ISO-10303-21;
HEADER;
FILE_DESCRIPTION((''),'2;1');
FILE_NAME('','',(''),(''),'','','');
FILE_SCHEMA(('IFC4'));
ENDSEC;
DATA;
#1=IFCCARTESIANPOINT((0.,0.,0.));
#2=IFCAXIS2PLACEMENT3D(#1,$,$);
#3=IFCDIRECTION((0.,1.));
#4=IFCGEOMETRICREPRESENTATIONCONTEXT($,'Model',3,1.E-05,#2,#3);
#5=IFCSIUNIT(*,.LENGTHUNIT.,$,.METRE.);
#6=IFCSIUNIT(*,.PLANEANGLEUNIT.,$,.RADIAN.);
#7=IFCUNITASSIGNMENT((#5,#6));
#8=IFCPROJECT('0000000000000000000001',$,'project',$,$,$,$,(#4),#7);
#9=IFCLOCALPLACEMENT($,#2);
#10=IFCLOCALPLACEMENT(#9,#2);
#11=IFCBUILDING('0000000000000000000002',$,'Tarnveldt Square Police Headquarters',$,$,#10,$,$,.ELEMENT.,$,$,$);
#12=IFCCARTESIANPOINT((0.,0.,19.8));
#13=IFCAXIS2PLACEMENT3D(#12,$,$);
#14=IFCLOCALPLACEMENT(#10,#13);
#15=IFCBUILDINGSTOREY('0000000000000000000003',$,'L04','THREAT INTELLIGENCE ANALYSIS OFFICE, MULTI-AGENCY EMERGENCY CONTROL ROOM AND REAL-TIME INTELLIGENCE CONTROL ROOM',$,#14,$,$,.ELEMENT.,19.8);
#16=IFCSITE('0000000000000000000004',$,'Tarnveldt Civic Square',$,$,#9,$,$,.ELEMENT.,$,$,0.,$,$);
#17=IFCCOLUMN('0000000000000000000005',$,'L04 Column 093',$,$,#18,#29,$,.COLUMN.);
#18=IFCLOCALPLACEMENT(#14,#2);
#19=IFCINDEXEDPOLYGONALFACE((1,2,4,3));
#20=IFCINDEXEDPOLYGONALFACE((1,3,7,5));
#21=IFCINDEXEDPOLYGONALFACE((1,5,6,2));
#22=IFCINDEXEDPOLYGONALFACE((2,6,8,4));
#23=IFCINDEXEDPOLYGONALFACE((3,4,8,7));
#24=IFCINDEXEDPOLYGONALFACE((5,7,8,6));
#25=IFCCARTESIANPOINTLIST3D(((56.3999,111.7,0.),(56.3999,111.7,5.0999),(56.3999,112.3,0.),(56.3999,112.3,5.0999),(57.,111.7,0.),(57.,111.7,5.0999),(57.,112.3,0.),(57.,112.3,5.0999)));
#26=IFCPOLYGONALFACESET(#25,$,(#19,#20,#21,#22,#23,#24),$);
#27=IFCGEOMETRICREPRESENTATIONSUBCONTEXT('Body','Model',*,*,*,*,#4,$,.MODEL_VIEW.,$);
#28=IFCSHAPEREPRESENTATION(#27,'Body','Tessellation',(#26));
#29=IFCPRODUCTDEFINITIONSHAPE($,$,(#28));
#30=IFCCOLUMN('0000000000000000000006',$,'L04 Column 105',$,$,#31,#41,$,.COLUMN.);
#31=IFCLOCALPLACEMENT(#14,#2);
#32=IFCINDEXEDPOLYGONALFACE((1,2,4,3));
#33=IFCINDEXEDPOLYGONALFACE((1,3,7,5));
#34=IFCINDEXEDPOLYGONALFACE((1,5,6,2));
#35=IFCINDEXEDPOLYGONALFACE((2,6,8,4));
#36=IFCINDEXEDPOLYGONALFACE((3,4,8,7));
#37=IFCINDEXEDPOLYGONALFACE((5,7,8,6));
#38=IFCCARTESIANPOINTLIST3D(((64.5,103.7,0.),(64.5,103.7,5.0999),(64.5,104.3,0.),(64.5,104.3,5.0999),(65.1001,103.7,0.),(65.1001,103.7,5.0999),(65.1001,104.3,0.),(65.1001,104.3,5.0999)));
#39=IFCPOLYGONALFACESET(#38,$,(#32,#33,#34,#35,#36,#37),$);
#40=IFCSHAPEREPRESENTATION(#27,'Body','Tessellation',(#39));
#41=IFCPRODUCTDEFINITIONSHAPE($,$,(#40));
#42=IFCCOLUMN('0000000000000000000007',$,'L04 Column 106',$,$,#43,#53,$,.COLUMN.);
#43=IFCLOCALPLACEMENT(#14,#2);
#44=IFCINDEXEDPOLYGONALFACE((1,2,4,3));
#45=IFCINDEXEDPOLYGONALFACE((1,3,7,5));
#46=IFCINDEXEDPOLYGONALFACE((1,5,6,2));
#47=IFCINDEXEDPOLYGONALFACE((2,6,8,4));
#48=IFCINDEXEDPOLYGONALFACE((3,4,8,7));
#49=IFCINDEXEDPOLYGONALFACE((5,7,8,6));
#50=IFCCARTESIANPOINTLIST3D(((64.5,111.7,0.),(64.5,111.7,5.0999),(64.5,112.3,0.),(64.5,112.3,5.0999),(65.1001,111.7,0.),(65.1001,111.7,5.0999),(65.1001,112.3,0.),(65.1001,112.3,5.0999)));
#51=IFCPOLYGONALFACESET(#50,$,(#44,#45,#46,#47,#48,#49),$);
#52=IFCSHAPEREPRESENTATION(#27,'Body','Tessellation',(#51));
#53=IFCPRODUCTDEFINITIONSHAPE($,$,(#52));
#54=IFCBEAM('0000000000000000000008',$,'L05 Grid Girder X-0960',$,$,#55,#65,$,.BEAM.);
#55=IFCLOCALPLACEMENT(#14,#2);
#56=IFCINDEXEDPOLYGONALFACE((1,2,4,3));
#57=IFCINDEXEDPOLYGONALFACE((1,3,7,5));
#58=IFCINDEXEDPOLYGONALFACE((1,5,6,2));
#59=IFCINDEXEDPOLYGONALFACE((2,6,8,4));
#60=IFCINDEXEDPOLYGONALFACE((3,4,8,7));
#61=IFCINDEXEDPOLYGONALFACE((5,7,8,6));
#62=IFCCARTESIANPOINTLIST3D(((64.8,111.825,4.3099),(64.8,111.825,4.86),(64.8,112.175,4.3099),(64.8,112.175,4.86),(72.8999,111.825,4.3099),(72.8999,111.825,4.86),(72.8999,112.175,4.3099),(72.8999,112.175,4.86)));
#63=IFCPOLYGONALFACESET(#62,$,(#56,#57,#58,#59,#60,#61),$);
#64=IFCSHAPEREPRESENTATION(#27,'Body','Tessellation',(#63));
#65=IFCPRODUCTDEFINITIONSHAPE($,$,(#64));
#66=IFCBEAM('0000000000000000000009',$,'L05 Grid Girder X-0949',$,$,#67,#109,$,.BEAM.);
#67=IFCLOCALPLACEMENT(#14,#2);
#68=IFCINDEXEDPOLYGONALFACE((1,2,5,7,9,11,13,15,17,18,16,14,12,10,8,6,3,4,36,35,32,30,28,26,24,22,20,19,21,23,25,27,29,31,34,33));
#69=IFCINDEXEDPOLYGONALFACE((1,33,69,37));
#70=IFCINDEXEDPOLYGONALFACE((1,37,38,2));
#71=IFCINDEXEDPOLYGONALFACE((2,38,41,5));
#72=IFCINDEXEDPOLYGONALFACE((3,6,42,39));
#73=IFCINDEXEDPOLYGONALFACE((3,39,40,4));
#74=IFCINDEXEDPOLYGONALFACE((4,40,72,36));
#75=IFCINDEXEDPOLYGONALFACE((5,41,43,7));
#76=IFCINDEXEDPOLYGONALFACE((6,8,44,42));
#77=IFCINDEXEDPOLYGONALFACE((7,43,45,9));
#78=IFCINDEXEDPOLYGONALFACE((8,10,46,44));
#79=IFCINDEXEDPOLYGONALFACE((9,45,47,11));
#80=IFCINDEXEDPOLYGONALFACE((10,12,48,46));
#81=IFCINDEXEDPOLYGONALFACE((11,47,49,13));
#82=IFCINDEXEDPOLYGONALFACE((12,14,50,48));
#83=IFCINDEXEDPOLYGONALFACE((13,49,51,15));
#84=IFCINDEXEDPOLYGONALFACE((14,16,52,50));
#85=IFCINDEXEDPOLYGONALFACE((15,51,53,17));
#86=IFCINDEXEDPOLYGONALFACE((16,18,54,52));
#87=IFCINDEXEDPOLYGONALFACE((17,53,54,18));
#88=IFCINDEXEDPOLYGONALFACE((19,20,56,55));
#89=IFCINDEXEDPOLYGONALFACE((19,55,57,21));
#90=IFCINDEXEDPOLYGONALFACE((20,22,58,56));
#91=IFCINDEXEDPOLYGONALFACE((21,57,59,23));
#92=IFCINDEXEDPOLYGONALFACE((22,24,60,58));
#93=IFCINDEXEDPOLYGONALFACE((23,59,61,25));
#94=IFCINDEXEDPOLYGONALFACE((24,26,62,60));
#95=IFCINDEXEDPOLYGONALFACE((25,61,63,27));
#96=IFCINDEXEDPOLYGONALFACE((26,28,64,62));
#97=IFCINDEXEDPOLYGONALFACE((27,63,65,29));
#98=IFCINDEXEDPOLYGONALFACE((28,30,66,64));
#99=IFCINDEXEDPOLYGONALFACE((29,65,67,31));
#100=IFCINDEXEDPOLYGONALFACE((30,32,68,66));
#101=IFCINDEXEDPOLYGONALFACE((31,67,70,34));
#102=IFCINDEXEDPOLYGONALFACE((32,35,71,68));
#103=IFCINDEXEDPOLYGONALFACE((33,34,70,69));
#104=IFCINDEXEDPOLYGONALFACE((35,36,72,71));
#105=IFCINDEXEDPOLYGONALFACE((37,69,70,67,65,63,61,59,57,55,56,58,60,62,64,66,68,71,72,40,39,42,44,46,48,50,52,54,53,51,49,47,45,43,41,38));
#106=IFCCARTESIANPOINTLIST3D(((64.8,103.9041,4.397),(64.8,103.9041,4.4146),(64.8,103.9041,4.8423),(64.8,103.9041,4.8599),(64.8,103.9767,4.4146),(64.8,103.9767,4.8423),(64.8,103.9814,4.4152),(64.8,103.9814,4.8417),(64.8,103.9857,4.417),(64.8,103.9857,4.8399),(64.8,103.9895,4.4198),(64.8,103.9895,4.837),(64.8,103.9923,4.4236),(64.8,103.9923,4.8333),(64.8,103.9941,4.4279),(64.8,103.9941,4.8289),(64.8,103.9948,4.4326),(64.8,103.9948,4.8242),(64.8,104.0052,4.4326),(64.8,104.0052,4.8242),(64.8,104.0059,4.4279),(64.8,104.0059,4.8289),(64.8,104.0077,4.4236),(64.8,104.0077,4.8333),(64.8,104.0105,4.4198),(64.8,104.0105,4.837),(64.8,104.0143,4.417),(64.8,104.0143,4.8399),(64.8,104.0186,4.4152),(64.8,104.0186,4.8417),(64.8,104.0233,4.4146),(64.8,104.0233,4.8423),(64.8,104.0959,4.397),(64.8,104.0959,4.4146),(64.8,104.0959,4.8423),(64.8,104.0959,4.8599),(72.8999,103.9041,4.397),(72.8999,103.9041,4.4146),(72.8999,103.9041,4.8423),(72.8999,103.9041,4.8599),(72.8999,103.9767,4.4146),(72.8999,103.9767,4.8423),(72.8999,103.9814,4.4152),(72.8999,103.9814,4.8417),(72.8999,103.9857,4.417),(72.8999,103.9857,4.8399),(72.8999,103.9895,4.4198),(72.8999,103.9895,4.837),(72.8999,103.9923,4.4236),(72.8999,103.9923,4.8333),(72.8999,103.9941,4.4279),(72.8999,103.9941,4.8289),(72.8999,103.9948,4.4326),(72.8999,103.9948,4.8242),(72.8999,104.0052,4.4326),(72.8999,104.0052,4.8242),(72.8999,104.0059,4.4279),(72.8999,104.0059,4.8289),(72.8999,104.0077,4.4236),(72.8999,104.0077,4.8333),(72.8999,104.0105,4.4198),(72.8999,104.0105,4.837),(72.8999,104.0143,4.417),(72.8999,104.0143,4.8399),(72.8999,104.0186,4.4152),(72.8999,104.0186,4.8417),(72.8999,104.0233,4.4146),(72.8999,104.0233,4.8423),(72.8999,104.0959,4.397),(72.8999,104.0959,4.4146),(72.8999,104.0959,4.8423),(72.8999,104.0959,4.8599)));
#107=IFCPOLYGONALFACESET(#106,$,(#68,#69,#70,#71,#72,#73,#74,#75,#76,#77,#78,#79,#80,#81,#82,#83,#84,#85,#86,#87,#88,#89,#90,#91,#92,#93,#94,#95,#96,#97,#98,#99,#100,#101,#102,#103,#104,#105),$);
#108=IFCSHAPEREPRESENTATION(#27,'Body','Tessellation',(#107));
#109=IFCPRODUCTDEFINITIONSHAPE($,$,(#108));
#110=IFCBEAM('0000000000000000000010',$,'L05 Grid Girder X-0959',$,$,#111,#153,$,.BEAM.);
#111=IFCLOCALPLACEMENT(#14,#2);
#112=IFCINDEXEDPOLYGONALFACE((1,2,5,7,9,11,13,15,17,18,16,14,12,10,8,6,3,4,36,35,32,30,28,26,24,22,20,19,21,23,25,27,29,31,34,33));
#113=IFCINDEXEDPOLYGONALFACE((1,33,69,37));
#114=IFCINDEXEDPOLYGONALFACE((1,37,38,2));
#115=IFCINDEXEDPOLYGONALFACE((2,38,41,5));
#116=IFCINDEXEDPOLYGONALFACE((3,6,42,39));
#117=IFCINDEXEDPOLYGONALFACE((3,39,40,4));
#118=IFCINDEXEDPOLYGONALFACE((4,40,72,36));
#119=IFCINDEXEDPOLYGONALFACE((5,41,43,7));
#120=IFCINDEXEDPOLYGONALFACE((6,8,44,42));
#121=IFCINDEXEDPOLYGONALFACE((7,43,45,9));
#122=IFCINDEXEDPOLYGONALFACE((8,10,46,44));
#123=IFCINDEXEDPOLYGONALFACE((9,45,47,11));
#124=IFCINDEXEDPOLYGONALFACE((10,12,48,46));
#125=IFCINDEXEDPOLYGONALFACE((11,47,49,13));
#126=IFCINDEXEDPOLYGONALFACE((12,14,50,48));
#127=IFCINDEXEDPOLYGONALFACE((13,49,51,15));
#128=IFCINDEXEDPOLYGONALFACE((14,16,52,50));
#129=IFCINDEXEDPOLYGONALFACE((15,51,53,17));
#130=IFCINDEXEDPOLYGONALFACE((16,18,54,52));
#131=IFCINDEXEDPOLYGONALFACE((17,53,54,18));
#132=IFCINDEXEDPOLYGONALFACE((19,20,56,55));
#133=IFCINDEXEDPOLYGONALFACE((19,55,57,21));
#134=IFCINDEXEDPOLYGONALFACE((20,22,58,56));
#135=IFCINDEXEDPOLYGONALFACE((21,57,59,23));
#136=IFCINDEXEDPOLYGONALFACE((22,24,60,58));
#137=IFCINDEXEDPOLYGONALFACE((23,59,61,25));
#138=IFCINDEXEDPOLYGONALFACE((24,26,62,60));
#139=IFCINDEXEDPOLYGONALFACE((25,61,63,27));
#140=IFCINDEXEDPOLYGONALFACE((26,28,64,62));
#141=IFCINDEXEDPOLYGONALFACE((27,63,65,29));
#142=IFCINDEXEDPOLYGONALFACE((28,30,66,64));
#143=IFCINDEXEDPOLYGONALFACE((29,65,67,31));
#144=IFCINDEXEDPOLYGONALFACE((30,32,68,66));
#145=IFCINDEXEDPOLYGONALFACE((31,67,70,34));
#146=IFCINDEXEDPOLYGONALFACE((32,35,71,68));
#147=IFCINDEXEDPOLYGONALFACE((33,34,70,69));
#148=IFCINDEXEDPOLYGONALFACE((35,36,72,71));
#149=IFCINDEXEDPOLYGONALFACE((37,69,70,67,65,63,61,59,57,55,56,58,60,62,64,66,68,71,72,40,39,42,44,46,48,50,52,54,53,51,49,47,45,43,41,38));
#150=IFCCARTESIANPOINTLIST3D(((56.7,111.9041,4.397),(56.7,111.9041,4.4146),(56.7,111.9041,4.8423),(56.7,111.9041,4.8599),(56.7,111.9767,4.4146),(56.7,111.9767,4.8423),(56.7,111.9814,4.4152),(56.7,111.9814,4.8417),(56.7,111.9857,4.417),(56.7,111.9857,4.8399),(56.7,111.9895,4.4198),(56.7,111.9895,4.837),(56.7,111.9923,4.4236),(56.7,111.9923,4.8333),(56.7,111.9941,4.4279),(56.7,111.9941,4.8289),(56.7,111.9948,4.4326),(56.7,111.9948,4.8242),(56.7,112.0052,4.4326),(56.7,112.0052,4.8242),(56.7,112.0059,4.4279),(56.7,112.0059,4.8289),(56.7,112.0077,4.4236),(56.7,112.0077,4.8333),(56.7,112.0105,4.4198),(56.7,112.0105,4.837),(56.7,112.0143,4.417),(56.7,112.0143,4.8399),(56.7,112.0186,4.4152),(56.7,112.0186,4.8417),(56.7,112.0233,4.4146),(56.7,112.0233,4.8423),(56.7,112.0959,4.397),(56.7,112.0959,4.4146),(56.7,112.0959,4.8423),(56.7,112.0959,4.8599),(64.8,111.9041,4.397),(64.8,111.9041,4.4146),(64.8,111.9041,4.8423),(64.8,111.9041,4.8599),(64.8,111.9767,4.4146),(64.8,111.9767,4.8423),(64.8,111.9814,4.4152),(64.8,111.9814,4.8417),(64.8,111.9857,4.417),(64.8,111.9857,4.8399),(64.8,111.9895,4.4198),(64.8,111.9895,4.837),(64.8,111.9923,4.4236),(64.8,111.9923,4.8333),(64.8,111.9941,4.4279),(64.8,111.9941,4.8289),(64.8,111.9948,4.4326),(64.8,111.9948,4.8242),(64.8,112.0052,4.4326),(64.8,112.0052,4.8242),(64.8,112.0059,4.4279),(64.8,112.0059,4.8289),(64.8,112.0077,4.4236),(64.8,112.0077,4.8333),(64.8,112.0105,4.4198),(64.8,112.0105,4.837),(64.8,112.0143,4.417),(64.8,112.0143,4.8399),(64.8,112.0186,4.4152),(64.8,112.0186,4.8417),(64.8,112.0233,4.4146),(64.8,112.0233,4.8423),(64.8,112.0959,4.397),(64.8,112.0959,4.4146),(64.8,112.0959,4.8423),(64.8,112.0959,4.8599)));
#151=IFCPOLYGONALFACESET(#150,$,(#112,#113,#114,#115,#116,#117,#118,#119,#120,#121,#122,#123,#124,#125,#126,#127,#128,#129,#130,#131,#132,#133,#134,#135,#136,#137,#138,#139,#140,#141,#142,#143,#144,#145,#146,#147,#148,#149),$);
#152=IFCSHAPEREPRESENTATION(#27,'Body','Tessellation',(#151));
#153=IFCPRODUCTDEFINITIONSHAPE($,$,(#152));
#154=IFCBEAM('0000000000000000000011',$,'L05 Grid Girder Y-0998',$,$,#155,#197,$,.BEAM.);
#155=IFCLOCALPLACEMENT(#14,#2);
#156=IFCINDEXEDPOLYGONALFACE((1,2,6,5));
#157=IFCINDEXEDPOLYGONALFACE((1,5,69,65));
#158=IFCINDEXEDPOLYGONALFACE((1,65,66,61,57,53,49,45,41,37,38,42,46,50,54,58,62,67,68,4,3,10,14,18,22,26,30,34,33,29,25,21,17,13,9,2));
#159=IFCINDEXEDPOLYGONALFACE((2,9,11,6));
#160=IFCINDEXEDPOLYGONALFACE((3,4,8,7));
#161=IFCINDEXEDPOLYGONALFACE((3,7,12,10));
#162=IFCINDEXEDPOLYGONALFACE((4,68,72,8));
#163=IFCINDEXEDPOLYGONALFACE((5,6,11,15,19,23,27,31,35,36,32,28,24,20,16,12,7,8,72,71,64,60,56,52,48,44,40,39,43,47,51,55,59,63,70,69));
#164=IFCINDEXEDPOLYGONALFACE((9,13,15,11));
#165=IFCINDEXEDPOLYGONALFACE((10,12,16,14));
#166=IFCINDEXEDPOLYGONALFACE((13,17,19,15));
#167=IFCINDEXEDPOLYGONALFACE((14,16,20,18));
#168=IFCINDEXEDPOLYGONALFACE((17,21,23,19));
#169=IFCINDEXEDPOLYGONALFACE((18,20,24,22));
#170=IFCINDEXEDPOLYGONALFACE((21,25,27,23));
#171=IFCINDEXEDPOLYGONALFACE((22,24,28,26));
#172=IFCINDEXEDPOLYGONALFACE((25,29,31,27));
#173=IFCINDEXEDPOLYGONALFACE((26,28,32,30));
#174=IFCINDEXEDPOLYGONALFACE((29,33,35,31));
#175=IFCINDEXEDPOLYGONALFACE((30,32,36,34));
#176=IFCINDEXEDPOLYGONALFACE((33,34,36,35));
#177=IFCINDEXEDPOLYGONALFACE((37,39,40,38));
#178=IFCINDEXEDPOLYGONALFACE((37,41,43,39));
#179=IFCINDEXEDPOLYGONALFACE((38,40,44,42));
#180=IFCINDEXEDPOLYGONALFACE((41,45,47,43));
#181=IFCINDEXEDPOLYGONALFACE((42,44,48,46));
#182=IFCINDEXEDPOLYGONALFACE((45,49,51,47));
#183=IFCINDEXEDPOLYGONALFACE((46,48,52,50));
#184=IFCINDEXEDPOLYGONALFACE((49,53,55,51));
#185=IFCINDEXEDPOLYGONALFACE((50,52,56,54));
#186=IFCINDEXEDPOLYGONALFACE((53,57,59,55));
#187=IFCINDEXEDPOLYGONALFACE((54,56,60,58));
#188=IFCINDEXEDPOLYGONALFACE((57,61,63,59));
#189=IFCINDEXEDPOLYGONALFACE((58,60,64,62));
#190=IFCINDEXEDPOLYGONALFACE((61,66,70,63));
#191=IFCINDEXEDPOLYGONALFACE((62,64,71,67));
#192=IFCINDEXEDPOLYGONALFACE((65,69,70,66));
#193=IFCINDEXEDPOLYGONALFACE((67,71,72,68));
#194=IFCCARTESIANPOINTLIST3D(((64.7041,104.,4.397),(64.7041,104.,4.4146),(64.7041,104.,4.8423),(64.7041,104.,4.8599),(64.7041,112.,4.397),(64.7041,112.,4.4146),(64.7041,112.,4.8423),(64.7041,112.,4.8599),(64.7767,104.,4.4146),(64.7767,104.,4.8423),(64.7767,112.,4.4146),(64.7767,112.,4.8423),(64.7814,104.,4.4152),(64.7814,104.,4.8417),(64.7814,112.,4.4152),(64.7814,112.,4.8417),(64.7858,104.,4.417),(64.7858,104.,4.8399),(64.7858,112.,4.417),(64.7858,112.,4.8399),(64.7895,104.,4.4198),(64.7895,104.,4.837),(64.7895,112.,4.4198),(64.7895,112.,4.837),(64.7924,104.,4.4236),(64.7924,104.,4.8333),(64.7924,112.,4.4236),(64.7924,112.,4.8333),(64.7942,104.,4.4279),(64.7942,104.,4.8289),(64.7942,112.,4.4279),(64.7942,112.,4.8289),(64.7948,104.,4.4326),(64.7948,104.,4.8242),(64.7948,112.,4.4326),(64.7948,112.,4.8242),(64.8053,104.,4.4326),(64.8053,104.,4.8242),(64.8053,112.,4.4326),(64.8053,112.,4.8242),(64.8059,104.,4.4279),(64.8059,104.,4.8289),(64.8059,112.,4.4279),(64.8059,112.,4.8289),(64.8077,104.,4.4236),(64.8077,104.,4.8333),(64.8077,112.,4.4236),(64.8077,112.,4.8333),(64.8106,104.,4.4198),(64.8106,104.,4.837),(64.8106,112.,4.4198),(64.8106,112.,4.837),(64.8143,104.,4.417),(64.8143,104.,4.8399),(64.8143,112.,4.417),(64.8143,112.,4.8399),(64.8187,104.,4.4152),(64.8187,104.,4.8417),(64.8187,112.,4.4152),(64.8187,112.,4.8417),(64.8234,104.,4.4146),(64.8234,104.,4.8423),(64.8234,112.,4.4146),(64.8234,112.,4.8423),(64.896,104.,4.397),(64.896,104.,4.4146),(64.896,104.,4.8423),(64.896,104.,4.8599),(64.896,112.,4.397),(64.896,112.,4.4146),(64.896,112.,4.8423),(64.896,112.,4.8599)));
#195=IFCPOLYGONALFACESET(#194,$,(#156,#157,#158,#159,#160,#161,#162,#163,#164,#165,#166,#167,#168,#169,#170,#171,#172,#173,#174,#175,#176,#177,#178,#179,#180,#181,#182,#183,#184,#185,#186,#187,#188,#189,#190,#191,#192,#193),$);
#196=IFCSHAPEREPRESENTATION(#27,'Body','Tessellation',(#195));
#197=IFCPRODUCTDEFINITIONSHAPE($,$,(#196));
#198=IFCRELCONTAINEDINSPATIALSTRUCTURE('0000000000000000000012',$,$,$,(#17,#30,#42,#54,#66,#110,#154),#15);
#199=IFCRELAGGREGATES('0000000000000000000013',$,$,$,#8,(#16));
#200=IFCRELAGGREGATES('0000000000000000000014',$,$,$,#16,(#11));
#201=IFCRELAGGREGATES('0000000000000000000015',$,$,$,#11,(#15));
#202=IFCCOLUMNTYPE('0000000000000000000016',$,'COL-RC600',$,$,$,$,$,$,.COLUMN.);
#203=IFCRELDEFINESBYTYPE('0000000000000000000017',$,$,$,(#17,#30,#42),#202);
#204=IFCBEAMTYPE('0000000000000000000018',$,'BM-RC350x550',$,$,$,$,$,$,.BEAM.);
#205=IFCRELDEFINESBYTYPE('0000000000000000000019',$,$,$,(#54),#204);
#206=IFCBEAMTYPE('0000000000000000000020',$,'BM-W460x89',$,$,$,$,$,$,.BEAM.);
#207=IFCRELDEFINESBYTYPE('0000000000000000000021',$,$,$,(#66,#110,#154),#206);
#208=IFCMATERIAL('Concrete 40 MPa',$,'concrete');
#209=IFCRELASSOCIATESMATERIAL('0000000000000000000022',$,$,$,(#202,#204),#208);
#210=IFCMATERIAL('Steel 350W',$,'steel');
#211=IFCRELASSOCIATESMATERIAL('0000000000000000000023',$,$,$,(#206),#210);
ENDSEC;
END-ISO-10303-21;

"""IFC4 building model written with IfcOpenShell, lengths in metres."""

from ifc_helpers import new_model, si_unit, direction, frame, origin, origin_2d, place, context, subcontext, project, spatial, rectangle, i_section, extrude, material, material_profile, profile_set, type_object, element, save


model = new_model("IFC4")

# Units and contexts
model_context = context("Model", 3, precision=1e-05, world=origin(), true_north=direction((0.0, 1.0)))
body_context = subcontext(model_context, "Body", "Model", "MODEL_VIEW")
ifc_project = project(units=[si_unit("LENGTHUNIT", "METRE"), si_unit("PLANEANGLEUNIT", "RADIAN")], contexts=[model_context])

# Site, building, storey
site_placement = place(None, origin())
site = spatial("IfcSite", under=ifc_project, at=site_placement, Name="Tarnveldt Civic Square", CompositionType="ELEMENT", RefElevation=0.0)
building_placement = place(site_placement, origin())
building = spatial("IfcBuilding", under=site, at=building_placement, Name="Tarnveldt Square Police Headquarters", CompositionType="ELEMENT")
storey_placement = place(building_placement, frame((0.0, 0.0, 19.8)))
storey = spatial("IfcBuildingStorey", under=building, at=storey_placement, Name="L04", Description="THREAT INTELLIGENCE ANALYSIS OFFICE, MULTI-AGENCY EMERGENCY CONTROL ROOM AND REAL-TIME INTELLIGENCE CONTROL ROOM", CompositionType="ELEMENT", Elevation=19.8)

# Columns
ifc_material_1 = material(Name="Concrete 40 MPa", Category="concrete")
ifc_material_profile_1 = material_profile(ifc_material_1, rectangle(XDim=0.6001, YDim=0.6001, at=origin_2d()), Name="RC-C600x600")
ifc_profile_set_1 = profile_set([ifc_material_profile_1], Name="Concrete 40 MPa")
column_type = type_object("IfcColumnType", Name="COL-RC600", PredefinedType="COLUMN", material=ifc_profile_set_1)
for number, where, z_axis, x_axis, name in (
    (1, (56.7, 112.0, 0.0), (0.0, 0.0, 1.0), (1.0, 0.0, 0.0), "L04 Column 093"),
    (2, (64.8, 104.0, 0.0), (0.0, 0.0, 1.0), (1.0, 0.0, 0.0), "L04 Column 105"),
    (3, (64.8, 112.0, 0.0), (0.0, 0.0, 1.0), (1.0, 0.0, 0.0), "L04 Column 106"),
):
    element("IfcColumn", number, at=place(storey_placement, frame(where, z_axis=z_axis, x_axis=x_axis)), inside=storey, type_object=column_type, Name=name, PredefinedType="COLUMN", context=body_context, shape_type="SweptSolid", body=[
        extrude(rectangle(XDim=0.6001, YDim=0.6001, at=origin_2d()), origin(), (0.0, 0.0, 1.0), 5.0999),
    ])

# Beams
ifc_material_profile_2 = material_profile(ifc_material_1, rectangle(XDim=0.3501, YDim=0.55, at=origin_2d()), Name="RC-B350x550")
ifc_profile_set_2 = profile_set([ifc_material_profile_2], Name="Concrete 40 MPa")
beam_type_1 = type_object("IfcBeamType", Name="BM-RC350x550", PredefinedType="BEAM", material=ifc_profile_set_2)
beam_1_placement = place(storey_placement, frame((64.8, 112.0, 4.585), z_axis=(1.0, 0.0, 0.0), x_axis=(0.0, 1.0, 0.0)))
element("IfcBeam", 4, at=beam_1_placement, inside=storey, type_object=beam_type_1, Name="L05 Grid Girder X-0960", PredefinedType="BEAM", context=body_context, shape_type="SweptSolid", body=[
    extrude(rectangle(XDim=0.3501, YDim=0.55, at=origin_2d()), origin(), (0.0, 0.0, 1.0), 8.0999),
])
ifc_material_2 = material(Name="Steel 350W", Category="steel")
ifc_material_profile_3 = material_profile(ifc_material_2, i_section(OverallWidth=0.1919, OverallDepth=0.4629, WebThickness=0.0105, FlangeThickness=0.0176, FilletRadius=0.0181, at=origin_2d()), Name="W460x89")
ifc_profile_set_3 = profile_set([ifc_material_profile_3], Name="Steel 350W")
beam_type_2 = type_object("IfcBeamType", Name="BM-W460x89", PredefinedType="BEAM", material=ifc_profile_set_3)
beam_2_placement = place(storey_placement, frame((64.8, 104.0, 4.6284), z_axis=(1.0, 0.0, 0.0), x_axis=(0.0, 1.0, 0.0)))
element("IfcBeam", 5, at=beam_2_placement, inside=storey, type_object=beam_type_2, Name="L05 Grid Girder X-0949", PredefinedType="BEAM", context=body_context, shape_type="SweptSolid", body=[
    extrude(i_section(OverallWidth=0.1919, OverallDepth=0.4629, WebThickness=0.0105, FlangeThickness=0.0176, FilletRadius=0.0181, at=origin_2d()), origin(), (0.0, 0.0, 1.0), 8.0999),
])
beam_3_placement = place(storey_placement, frame((56.7, 112.0, 4.6284), z_axis=(1.0, 0.0, 0.0), x_axis=(0.0, 1.0, 0.0)))
element("IfcBeam", 6, at=beam_3_placement, inside=storey, type_object=beam_type_2, Name="L05 Grid Girder X-0959", PredefinedType="BEAM", context=body_context, shape_type="SweptSolid", body=[
    extrude(i_section(OverallWidth=0.1919, OverallDepth=0.4629, WebThickness=0.0105, FlangeThickness=0.0176, FilletRadius=0.0181, at=origin_2d()), origin(), (0.0, 0.0, 1.0), 8.1001),
])
beam_4_placement = place(storey_placement, frame((64.8, 104.0, 4.6284), z_axis=(0.0, 1.0, 0.0), x_axis=(-1.0, 0.0, 0.0)))
element("IfcBeam", 7, at=beam_4_placement, inside=storey, type_object=beam_type_2, Name="L05 Grid Girder Y-0998", PredefinedType="BEAM", context=body_context, shape_type="SweptSolid", body=[
    extrude(i_section(OverallWidth=0.1919, OverallDepth=0.4629, WebThickness=0.0105, FlangeThickness=0.0176, FilletRadius=0.0181, at=origin_2d()), origin(), (0.0, 0.0, 1.0), 8.0),
])

save(model, "model.ifc")
